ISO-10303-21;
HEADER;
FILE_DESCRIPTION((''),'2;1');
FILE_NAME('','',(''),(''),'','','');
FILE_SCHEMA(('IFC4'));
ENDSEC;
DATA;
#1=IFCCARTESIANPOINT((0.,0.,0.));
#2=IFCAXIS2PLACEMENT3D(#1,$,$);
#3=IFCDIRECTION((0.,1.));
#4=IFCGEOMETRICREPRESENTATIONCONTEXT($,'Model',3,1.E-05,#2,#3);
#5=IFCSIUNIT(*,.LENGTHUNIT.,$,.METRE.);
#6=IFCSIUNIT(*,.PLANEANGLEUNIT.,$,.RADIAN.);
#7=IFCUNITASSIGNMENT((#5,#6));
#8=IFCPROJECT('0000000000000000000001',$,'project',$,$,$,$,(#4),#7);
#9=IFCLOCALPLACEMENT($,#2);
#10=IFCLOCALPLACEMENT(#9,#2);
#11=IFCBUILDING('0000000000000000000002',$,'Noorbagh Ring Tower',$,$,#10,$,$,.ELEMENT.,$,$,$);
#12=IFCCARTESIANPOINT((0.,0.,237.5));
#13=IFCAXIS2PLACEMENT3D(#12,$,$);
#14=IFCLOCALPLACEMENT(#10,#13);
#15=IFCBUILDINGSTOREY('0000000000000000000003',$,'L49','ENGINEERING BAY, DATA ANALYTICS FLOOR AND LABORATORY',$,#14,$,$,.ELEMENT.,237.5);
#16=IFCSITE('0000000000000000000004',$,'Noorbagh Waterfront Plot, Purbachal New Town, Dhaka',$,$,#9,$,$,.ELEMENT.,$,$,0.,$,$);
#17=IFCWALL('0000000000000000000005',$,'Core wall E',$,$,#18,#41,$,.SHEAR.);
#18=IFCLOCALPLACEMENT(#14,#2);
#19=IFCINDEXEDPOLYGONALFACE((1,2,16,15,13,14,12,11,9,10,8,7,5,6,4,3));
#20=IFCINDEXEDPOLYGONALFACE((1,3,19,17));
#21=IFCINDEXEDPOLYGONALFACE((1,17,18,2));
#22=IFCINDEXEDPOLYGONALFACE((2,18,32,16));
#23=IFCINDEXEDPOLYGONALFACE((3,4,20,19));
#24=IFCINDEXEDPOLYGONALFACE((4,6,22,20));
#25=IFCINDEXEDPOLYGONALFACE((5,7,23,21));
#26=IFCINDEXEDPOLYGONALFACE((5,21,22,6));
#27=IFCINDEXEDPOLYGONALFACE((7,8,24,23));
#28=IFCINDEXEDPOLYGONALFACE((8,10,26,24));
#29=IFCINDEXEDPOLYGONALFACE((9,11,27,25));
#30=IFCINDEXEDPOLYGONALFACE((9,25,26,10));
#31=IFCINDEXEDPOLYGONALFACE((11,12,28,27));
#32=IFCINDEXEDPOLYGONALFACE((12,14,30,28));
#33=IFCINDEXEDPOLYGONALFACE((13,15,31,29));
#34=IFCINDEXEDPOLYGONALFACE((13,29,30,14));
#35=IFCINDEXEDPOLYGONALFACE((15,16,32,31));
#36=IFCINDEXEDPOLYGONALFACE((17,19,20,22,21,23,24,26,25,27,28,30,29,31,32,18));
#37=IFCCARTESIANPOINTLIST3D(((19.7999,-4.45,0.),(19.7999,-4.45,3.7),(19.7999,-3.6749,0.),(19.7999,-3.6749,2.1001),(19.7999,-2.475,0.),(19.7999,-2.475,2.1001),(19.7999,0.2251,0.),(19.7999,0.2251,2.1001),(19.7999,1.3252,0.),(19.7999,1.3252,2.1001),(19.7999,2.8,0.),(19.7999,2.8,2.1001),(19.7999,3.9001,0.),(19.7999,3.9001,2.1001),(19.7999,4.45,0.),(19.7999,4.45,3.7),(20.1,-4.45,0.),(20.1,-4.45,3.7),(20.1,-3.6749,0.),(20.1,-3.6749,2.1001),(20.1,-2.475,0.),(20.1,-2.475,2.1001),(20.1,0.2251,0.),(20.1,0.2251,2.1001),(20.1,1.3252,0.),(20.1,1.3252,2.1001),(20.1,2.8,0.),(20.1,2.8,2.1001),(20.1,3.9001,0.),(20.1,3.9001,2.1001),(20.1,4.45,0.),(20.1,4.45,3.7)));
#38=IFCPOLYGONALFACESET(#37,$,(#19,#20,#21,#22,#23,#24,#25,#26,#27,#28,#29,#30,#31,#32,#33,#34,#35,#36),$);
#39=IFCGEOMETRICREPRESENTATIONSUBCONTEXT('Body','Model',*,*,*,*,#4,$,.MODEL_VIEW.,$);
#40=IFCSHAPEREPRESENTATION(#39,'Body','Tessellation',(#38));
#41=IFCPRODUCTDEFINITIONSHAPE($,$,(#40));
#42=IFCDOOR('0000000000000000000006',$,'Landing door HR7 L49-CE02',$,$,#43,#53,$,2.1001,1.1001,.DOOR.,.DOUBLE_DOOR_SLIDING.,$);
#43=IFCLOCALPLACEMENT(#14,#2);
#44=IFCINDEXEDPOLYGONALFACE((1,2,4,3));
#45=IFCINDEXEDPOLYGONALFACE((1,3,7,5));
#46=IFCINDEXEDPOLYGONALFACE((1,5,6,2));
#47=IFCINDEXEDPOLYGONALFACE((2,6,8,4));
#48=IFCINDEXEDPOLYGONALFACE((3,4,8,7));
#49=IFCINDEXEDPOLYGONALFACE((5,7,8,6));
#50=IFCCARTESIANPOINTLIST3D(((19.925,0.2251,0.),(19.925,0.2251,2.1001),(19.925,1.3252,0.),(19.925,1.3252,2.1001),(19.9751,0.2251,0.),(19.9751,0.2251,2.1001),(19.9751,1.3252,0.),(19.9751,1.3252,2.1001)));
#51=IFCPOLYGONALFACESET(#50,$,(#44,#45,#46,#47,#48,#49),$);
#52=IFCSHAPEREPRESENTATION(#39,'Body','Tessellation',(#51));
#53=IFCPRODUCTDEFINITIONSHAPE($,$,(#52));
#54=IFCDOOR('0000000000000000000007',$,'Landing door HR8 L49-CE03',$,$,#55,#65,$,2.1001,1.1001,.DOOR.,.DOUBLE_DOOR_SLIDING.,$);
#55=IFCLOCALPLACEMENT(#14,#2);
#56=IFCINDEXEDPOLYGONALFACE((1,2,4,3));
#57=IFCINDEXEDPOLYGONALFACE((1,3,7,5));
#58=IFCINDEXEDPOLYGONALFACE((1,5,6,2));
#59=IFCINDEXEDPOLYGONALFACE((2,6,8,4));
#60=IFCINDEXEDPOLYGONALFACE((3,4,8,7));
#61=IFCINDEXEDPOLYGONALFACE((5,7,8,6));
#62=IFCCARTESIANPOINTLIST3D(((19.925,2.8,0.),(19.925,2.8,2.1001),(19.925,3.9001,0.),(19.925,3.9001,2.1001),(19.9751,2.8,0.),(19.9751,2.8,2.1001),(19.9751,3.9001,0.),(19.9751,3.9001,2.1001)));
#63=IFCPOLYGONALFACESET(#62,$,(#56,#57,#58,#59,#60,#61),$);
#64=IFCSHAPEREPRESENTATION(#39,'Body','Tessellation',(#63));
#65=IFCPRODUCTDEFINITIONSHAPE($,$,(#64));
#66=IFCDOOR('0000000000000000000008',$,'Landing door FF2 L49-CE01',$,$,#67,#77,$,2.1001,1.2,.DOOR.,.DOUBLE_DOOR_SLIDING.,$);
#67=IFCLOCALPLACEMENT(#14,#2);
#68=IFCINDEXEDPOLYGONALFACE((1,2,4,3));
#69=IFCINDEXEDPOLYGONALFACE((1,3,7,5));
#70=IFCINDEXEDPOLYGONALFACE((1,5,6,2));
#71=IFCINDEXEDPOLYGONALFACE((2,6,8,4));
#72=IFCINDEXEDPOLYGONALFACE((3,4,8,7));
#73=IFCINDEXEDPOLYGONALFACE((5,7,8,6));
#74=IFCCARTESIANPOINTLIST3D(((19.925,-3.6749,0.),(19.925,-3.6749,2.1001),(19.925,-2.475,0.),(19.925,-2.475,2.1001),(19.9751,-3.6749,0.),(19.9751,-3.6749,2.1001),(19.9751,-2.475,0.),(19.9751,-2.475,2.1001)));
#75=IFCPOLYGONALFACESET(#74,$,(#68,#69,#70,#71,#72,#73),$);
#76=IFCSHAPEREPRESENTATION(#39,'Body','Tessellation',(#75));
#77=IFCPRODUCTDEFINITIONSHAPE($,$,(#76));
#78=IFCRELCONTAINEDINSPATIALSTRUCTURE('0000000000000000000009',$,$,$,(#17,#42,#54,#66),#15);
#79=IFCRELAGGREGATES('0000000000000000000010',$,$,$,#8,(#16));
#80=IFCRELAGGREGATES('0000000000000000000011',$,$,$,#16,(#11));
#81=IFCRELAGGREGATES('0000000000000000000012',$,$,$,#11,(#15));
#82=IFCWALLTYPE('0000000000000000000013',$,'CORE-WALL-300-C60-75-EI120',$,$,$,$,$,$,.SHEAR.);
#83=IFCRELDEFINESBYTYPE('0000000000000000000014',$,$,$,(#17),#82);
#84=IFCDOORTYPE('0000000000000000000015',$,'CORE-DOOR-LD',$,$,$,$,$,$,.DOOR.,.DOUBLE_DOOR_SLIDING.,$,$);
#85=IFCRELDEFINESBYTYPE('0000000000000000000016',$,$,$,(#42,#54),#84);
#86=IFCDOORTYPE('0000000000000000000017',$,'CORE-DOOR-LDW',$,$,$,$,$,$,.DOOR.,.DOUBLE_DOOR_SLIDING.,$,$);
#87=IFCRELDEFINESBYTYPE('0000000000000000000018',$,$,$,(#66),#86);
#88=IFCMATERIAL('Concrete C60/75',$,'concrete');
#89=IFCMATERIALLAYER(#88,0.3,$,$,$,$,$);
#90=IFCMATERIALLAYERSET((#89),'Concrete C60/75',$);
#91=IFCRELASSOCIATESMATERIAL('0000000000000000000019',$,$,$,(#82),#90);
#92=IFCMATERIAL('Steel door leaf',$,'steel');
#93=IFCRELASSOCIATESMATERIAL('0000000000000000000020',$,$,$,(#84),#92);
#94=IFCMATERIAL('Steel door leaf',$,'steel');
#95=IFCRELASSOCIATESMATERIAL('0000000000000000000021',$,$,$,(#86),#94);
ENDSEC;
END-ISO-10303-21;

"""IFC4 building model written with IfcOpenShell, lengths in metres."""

from ifc_helpers import new_model, si_unit, direction, frame, frame_2d, origin, place, context, subcontext, project, spatial, rectangle, extrude, material, layer, layer_set, type_object, element, fill, save


model = new_model("IFC4")

# Units and contexts
model_context = context("Model", 3, precision=1e-05, world=origin(), true_north=direction((0.0, 1.0)))
body_context = subcontext(model_context, "Body", "Model", "MODEL_VIEW")
ifc_project = project(units=[si_unit("LENGTHUNIT", "METRE"), si_unit("PLANEANGLEUNIT", "RADIAN")], contexts=[model_context])

# Site, building, storey
site_placement = place(None, origin())
site = spatial("IfcSite", under=ifc_project, at=site_placement, Name="Noorbagh Waterfront Plot, Purbachal New Town, Dhaka", CompositionType="ELEMENT", RefElevation=0.0)
building_placement = place(site_placement, origin())
building = spatial("IfcBuilding", under=site, at=building_placement, Name="Noorbagh Ring Tower", CompositionType="ELEMENT")
storey_placement = place(building_placement, frame((0.0, 0.0, 237.5)))
storey = spatial("IfcBuildingStorey", under=building, at=storey_placement, Name="L49", Description="ENGINEERING BAY, DATA ANALYTICS FLOOR AND LABORATORY", CompositionType="ELEMENT", Elevation=237.5)

# Shared definitions
ifc_material_1 = material(Name="Concrete C60/75", Category="concrete")
ifc_layer_1 = layer(ifc_material_1, 0.3)
ifc_layer_set_1 = layer_set([ifc_layer_1], Name="Concrete C60/75")
wall_type_1 = type_object("IfcWallType", Name="CORE-WALL-300-C60-75-EI120", PredefinedType="SHEAR", material=ifc_layer_set_1)

# Wall, openings, doors
wall_1_placement = place(storey_placement, frame((19.95, -4.45, 0.0), z_axis=(0.0, 0.0, 1.0), x_axis=(0.0, 1.0, 0.0)))
wall_1 = element("IfcWall", 1, at=wall_1_placement, inside=storey, type_object=wall_type_1, Name="Core wall E", PredefinedType="SHEAR", context=body_context, shape_type="SweptSolid", body=[
    extrude(rectangle(XDim=8.8999, YDim=0.3, at=frame_2d((4.45, 0.0))), origin(), (0.0, 0.0, 1.0), 3.7),
])
opening_1_placement = place(wall_1_placement, frame((0.7749, 0.0, 0.0)))
opening_1 = element("IfcOpeningElement", 2, at=opening_1_placement, cuts=wall_1, PredefinedType="OPENING", context=body_context, shape_type="SweptSolid", body=[
    extrude(rectangle(XDim=1.2, YDim=2.1001, at=frame_2d((0.6001, 1.05))), frame((0.0, 0.1602, 0.0), z_axis=(0.0, -1.0, 0.0), x_axis=(1.0, 0.0, 0.0)), (0.0, 0.0, 1.0), 0.3201),
])
opening_2_placement = place(wall_1_placement, frame((4.675, 0.0, 0.0)))
opening_2 = element("IfcOpeningElement", 3, at=opening_2_placement, cuts=wall_1, PredefinedType="OPENING", context=body_context, shape_type="SweptSolid", body=[
    extrude(rectangle(XDim=1.1001, YDim=2.1001, at=frame_2d((0.55, 1.05))), frame((0.0, 0.1602, 0.0), z_axis=(0.0, -1.0, 0.0), x_axis=(1.0, 0.0, 0.0)), (0.0, 0.0, 1.0), 0.3201),
])
opening_3_placement = place(wall_1_placement, frame((7.25, 0.0, 0.0)))
opening_3 = element("IfcOpeningElement", 4, at=opening_3_placement, cuts=wall_1, PredefinedType="OPENING", context=body_context, shape_type="SweptSolid", body=[
    extrude(rectangle(XDim=1.1001, YDim=2.1001, at=frame_2d((0.55, 1.05))), frame((0.0, 0.1602, 0.0), z_axis=(0.0, -1.0, 0.0), x_axis=(1.0, 0.0, 0.0)), (0.0, 0.0, 1.0), 0.3201),
])
ifc_material_2 = material(Name="Steel door leaf", Category="steel")
door_type_1 = type_object("IfcDoorType", Name="CORE-DOOR-LD", OperationType="DOUBLE_DOOR_SLIDING", PredefinedType="DOOR", material=ifc_material_2)
door_1_placement = place(opening_2_placement, origin())
door_1 = element("IfcDoor", 5, at=door_1_placement, inside=storey, type_object=door_type_1, Name="Landing door HR7 L49-CE02", OperationType="DOUBLE_DOOR_SLIDING", OverallHeight=2.1001, OverallWidth=1.1001, PredefinedType="DOOR", context=body_context, shape_type="SweptSolid", body=[
    extrude(rectangle(XDim=1.1001, YDim=2.1001, at=frame_2d((0.55, 1.05))), frame((0.0, 0.0249, 0.0), z_axis=(0.0, -1.0, 0.0), x_axis=(1.0, 0.0, 0.0)), (0.0, 0.0, 1.0), 0.05),
])
fill(opening_2, door_1)
door_2_placement = place(opening_3_placement, origin())
door_2 = element("IfcDoor", 6, at=door_2_placement, inside=storey, type_object=door_type_1, Name="Landing door HR8 L49-CE03", OperationType="DOUBLE_DOOR_SLIDING", OverallHeight=2.1001, OverallWidth=1.1001, PredefinedType="DOOR", context=body_context, shape_type="SweptSolid", body=[
    extrude(rectangle(XDim=1.1001, YDim=2.1001, at=frame_2d((0.55, 1.05))), frame((0.0, 0.0249, 0.0), z_axis=(0.0, -1.0, 0.0), x_axis=(1.0, 0.0, 0.0)), (0.0, 0.0, 1.0), 0.05),
])
fill(opening_3, door_2)
ifc_material_3 = material(Name="Steel door leaf", Category="steel")
door_type_2 = type_object("IfcDoorType", Name="CORE-DOOR-LDW", OperationType="DOUBLE_DOOR_SLIDING", PredefinedType="DOOR", material=ifc_material_3)
door_3_placement = place(opening_1_placement, origin())
door_3 = element("IfcDoor", 7, at=door_3_placement, inside=storey, type_object=door_type_2, Name="Landing door FF2 L49-CE01", OperationType="DOUBLE_DOOR_SLIDING", OverallHeight=2.1001, OverallWidth=1.2, PredefinedType="DOOR", context=body_context, shape_type="SweptSolid", body=[
    extrude(rectangle(XDim=1.2, YDim=2.1001, at=frame_2d((0.6001, 1.05))), frame((0.0, 0.0249, 0.0), z_axis=(0.0, -1.0, 0.0), x_axis=(1.0, 0.0, 0.0)), (0.0, 0.0, 1.0), 0.05),
])
fill(opening_1, door_3)

save(model, "model.ifc")
